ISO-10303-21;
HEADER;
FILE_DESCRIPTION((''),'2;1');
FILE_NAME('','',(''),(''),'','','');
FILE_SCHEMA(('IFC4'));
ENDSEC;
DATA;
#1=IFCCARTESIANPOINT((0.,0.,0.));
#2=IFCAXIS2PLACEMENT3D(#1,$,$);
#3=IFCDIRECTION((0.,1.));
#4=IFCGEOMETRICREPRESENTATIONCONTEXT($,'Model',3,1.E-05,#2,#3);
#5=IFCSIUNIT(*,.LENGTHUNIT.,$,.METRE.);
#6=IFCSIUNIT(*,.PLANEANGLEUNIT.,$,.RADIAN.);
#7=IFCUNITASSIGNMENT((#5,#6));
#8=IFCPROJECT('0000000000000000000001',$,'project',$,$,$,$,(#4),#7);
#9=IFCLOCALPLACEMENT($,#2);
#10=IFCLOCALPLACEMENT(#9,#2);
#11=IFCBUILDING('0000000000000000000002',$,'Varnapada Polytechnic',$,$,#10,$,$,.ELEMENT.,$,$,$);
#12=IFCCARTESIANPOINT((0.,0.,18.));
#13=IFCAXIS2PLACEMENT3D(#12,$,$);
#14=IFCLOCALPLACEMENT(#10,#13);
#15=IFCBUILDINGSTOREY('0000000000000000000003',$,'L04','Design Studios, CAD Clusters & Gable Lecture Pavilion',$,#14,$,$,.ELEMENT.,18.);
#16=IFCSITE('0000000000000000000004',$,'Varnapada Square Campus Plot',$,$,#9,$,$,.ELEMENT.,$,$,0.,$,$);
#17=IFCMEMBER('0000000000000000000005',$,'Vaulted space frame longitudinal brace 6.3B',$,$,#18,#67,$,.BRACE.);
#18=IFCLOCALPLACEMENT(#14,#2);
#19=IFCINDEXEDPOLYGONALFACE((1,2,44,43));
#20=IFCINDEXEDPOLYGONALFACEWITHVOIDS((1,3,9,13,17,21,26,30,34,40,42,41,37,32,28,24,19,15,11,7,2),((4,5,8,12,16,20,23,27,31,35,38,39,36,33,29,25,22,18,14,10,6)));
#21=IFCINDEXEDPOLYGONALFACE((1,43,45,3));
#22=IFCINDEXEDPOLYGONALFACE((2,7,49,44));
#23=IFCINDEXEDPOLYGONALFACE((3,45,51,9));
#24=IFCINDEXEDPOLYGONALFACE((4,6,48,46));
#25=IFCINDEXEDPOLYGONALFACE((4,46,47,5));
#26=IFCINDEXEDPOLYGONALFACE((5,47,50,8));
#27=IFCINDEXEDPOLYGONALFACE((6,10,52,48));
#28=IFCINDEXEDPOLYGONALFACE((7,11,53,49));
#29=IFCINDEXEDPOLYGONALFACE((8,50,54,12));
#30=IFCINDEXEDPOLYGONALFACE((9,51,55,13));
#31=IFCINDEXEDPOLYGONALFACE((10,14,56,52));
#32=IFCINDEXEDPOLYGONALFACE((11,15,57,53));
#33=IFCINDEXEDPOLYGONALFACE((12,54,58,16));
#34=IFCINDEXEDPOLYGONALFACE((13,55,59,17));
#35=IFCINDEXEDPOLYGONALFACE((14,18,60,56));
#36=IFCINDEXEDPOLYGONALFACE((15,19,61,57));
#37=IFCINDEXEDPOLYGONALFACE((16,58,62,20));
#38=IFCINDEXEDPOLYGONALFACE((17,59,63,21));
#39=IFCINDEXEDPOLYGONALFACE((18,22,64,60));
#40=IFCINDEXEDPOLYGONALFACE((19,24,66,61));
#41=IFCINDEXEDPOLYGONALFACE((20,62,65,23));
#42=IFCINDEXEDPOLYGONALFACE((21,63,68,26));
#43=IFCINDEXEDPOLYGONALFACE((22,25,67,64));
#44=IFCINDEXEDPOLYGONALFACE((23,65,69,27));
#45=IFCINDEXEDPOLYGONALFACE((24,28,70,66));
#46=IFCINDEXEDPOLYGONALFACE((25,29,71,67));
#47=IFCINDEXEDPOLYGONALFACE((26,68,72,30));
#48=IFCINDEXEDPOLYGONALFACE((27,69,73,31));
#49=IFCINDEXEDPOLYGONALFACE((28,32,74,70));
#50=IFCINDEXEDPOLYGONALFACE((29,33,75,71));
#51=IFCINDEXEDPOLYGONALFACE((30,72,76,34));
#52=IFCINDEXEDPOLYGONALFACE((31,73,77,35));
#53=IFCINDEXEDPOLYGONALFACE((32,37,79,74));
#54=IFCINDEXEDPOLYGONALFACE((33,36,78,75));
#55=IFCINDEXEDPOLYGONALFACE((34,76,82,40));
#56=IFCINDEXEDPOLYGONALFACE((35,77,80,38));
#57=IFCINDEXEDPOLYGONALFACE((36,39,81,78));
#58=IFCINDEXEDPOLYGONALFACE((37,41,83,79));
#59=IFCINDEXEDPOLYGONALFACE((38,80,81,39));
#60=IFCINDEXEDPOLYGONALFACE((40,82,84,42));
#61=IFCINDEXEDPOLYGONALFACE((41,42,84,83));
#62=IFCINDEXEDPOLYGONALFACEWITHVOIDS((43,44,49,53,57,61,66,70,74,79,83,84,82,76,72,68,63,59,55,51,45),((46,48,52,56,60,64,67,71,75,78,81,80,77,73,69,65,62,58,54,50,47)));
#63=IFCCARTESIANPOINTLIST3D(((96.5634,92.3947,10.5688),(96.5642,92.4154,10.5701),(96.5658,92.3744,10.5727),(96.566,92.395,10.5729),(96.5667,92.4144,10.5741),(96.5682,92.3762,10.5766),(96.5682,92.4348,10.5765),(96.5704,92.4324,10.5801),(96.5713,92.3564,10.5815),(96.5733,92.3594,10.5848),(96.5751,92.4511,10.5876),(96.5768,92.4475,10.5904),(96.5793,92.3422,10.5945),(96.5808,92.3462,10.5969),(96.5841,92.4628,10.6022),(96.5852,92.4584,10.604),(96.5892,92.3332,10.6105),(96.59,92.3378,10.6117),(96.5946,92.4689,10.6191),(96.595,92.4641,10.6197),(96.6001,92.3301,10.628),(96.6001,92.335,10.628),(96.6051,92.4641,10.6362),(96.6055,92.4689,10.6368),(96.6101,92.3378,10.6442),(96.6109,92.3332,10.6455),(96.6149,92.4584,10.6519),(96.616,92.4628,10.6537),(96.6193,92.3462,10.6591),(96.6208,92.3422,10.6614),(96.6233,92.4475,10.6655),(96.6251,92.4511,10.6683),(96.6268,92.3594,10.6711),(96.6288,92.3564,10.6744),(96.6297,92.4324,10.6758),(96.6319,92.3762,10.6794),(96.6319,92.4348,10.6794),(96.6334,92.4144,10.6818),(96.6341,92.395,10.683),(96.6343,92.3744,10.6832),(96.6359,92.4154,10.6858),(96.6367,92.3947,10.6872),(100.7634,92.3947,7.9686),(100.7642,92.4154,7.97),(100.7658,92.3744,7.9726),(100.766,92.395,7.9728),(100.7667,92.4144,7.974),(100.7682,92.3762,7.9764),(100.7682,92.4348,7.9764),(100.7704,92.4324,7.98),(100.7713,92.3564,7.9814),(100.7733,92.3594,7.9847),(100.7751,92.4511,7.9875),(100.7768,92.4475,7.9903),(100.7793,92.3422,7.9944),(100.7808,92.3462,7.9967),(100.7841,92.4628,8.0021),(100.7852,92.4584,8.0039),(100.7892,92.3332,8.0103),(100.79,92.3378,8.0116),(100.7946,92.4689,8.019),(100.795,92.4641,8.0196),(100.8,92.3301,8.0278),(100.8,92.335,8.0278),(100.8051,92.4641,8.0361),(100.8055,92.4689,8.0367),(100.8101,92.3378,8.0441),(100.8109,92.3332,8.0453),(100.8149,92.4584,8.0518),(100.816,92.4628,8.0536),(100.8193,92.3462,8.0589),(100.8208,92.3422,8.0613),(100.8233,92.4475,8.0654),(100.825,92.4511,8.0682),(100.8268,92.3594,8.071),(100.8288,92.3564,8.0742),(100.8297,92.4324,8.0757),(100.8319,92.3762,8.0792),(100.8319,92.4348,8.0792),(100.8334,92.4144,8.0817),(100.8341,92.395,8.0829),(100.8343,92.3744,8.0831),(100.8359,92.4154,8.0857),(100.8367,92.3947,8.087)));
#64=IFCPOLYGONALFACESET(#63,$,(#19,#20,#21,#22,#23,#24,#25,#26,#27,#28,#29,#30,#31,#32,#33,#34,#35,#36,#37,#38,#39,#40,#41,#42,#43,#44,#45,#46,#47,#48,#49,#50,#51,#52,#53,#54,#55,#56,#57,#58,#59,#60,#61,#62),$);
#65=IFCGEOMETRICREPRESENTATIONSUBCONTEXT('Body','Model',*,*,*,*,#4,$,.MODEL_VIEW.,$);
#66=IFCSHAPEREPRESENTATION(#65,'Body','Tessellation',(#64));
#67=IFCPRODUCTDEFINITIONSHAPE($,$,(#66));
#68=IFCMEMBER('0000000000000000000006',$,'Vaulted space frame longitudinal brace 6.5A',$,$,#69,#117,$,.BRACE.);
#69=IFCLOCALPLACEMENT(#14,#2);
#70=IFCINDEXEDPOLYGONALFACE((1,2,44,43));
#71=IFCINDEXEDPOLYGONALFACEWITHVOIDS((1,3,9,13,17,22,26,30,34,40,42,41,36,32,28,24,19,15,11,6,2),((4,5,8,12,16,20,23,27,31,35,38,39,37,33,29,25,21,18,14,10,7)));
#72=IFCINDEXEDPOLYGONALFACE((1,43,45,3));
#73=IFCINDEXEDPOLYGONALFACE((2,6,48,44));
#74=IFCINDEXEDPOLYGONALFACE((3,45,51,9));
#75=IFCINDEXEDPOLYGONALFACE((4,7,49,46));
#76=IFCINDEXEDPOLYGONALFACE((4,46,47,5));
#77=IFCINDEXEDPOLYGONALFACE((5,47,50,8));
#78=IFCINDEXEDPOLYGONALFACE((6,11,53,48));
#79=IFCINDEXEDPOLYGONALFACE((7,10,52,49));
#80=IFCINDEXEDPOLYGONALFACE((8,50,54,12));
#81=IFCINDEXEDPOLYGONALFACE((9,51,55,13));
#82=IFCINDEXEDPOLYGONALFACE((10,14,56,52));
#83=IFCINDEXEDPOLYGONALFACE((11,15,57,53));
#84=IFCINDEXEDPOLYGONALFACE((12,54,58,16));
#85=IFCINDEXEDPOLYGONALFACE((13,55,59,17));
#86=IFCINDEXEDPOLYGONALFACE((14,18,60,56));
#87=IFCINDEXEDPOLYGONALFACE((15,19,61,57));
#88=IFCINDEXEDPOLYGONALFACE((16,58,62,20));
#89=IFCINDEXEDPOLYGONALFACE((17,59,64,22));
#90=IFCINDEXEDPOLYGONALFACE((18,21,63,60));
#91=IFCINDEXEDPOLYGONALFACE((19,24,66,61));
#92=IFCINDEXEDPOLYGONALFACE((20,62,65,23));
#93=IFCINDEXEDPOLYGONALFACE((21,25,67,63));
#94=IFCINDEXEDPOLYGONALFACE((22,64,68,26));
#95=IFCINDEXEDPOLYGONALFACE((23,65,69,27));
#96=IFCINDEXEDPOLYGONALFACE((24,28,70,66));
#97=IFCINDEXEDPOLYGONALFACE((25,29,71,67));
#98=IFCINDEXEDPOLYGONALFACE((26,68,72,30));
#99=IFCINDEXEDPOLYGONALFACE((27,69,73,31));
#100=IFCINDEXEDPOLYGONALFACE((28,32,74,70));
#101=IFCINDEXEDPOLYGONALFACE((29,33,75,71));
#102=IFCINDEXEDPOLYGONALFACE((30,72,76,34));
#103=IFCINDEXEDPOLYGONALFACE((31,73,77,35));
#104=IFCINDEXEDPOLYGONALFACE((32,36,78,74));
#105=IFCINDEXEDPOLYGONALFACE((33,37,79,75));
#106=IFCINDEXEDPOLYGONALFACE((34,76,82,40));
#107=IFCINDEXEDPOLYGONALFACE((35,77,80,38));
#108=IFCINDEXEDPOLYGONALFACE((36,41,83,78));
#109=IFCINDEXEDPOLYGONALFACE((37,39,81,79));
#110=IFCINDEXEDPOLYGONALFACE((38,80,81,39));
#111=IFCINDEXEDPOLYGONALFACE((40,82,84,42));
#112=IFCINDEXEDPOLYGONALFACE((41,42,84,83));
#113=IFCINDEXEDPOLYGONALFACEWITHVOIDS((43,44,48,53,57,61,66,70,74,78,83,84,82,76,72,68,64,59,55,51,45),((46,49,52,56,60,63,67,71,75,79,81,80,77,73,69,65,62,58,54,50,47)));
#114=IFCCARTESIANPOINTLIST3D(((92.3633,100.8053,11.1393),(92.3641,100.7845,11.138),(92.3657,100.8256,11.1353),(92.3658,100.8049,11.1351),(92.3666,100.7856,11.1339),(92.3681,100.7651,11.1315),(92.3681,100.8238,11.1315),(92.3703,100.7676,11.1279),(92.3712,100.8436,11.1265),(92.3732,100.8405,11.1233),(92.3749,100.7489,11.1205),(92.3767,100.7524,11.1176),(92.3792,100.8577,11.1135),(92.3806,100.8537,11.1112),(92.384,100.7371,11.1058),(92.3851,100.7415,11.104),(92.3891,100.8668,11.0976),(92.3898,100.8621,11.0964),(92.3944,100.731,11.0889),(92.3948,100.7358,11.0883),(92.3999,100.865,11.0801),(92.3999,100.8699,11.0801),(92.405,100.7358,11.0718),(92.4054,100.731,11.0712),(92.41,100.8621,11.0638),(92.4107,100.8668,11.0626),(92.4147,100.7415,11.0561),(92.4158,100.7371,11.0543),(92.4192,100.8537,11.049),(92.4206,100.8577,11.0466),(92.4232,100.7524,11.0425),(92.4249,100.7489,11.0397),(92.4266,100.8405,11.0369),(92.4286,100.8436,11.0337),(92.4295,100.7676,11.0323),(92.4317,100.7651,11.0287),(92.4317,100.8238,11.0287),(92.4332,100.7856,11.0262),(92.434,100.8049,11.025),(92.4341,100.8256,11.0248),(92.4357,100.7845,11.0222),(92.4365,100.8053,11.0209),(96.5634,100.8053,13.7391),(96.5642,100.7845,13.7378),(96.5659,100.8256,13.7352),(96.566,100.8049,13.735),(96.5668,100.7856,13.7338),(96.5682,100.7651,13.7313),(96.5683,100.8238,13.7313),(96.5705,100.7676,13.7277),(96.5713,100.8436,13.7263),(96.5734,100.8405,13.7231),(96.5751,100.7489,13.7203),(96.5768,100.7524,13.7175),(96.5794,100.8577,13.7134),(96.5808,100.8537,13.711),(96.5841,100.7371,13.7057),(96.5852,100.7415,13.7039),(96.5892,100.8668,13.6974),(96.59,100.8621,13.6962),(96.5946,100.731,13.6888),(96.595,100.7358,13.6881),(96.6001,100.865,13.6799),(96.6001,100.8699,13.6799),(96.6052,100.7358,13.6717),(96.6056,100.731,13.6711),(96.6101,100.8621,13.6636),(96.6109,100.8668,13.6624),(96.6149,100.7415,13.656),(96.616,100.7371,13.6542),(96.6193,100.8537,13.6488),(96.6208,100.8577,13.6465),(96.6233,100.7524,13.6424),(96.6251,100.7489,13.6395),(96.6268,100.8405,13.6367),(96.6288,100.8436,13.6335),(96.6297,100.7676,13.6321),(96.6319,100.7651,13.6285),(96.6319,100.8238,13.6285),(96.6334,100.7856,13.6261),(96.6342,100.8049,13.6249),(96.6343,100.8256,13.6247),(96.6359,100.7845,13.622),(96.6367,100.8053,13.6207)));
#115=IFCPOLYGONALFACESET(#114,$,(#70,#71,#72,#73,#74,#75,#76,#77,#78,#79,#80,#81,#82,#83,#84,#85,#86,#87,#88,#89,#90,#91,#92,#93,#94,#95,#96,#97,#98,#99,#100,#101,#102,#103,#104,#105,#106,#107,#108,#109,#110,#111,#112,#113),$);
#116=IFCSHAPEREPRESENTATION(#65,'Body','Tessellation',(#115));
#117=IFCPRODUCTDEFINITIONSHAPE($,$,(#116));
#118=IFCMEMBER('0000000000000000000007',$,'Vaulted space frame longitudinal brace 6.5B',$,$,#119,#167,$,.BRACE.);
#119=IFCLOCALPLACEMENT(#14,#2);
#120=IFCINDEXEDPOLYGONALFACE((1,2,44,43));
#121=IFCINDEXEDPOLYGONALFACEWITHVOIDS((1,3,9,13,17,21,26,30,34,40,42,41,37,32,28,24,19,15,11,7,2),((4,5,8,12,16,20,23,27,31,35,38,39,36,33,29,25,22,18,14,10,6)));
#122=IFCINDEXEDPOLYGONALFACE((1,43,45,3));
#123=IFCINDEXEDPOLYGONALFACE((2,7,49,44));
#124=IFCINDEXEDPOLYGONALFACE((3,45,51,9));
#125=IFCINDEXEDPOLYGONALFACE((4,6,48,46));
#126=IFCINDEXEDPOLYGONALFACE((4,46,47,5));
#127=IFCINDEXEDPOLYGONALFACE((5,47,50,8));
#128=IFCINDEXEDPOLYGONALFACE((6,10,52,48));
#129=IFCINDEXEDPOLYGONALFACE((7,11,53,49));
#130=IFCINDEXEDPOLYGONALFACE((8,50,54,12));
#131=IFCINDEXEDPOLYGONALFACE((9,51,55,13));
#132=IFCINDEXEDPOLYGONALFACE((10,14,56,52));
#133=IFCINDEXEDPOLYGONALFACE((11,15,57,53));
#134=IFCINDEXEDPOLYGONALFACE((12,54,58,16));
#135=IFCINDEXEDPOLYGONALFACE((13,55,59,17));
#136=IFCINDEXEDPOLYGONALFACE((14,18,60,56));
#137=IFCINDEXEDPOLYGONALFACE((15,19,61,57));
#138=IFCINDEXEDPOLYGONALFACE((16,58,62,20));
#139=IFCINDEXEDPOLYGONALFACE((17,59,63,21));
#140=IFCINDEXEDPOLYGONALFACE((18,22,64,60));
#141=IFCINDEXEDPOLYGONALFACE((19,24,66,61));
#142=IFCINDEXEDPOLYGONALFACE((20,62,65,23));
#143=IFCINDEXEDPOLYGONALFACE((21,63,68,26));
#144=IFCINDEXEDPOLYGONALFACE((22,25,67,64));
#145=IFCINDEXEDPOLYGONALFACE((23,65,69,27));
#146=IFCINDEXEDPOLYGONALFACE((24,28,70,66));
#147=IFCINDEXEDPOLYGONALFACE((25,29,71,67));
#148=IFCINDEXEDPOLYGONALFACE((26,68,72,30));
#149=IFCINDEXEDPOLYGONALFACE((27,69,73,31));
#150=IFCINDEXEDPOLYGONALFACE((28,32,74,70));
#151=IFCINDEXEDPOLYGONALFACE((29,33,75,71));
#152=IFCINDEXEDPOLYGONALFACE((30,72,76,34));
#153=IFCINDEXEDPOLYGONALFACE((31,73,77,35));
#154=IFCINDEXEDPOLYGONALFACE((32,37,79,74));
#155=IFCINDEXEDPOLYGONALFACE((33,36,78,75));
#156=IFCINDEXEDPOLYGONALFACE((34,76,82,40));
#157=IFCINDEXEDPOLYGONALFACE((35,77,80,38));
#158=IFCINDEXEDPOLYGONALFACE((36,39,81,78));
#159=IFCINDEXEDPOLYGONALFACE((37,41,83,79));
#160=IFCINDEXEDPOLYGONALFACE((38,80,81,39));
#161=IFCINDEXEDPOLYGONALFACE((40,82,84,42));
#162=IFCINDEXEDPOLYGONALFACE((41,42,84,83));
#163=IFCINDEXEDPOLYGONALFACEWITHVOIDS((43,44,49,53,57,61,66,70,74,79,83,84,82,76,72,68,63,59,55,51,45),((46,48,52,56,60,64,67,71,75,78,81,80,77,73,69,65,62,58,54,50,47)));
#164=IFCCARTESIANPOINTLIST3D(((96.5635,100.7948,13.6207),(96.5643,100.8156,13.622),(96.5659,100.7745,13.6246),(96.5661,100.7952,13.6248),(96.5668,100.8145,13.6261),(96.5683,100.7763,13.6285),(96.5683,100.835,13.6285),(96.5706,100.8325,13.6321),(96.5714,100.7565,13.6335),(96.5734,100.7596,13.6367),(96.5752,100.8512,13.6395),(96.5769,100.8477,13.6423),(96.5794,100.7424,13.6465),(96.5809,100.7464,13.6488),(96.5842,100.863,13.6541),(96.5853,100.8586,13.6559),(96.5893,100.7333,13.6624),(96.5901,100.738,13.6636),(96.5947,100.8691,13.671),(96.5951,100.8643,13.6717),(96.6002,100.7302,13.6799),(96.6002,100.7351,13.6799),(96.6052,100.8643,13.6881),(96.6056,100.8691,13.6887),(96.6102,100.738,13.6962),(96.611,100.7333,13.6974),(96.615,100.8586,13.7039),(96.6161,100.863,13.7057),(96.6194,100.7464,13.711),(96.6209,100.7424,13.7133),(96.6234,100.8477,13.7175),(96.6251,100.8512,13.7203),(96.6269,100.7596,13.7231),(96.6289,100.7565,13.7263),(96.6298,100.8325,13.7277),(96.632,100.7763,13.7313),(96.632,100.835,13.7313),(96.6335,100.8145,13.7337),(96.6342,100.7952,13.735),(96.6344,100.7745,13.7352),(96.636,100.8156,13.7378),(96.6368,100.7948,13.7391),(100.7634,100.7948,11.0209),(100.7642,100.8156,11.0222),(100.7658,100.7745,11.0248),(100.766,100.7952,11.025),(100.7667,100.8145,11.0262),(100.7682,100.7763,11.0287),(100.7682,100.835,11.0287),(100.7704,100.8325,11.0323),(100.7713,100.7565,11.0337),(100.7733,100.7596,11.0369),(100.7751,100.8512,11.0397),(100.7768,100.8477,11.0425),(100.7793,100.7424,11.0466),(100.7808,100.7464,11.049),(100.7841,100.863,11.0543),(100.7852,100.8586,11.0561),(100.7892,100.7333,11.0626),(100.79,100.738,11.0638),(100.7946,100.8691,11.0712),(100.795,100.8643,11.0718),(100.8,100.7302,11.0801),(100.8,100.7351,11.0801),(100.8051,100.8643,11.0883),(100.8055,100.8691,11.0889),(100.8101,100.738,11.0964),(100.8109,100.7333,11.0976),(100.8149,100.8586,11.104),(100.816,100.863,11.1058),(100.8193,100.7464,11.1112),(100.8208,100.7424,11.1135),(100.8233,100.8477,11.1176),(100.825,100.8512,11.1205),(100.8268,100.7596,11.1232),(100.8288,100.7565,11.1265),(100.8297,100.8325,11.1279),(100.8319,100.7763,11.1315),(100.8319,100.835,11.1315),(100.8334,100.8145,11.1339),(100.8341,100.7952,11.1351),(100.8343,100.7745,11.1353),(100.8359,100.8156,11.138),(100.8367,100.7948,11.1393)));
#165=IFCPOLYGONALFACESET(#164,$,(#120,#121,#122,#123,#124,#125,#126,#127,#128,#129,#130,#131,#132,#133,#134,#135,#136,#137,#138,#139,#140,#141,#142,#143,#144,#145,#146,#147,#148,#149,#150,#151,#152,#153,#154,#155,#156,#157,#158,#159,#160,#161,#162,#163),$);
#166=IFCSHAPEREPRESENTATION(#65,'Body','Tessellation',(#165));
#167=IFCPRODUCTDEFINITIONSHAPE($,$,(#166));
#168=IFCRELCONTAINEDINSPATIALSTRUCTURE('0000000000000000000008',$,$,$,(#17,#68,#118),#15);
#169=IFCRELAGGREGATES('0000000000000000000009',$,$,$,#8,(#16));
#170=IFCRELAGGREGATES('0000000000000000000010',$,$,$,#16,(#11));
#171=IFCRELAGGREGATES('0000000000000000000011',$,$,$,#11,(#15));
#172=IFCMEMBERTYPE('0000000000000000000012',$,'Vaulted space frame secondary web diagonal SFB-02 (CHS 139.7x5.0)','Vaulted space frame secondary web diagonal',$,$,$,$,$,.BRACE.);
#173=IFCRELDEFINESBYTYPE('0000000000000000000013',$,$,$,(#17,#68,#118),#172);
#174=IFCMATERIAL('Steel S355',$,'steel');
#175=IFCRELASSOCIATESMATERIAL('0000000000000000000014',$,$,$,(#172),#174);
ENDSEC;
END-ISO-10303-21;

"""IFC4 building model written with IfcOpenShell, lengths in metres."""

from ifc_helpers import new_model, si_unit, direction, frame, origin, origin_2d, place, context, subcontext, project, spatial, hollow_circle, extrude, material, material_profile, profile_set, type_object, element, save


model = new_model("IFC4")

# Units and contexts
model_context = context("Model", 3, precision=1e-05, world=origin(), true_north=direction((0.0, 1.0)))
body_context = subcontext(model_context, "Body", "Model", "MODEL_VIEW")
ifc_project = project(units=[si_unit("LENGTHUNIT", "METRE"), si_unit("PLANEANGLEUNIT", "RADIAN")], contexts=[model_context])

# Site, building, storey
site_placement = place(None, origin())
site = spatial("IfcSite", under=ifc_project, at=site_placement, Name="Varnapada Square Campus Plot", CompositionType="ELEMENT", RefElevation=0.0)
building_placement = place(site_placement, origin())
building = spatial("IfcBuilding", under=site, at=building_placement, Name="Varnapada Polytechnic", CompositionType="ELEMENT")
storey_placement = place(building_placement, frame((0.0, 0.0, 18.0)))
storey = spatial("IfcBuildingStorey", under=building, at=storey_placement, Name="L04", Description="Design Studios, CAD Clusters & Gable Lecture Pavilion", CompositionType="ELEMENT", Elevation=18.0)

# Shared definitions
ifc_material = material(Name="Steel S355", Category="steel")

# Members
ifc_material_profile_1 = material_profile(ifc_material, hollow_circle(Radius=0.0698, WallThickness=0.0049, at=origin_2d()), Name="CHS 139.7x5.0")
ifc_profile_set_1 = profile_set([ifc_material_profile_1], Name="Steel S355")
member_type_1 = type_object("IfcMemberType", Name="Vaulted space frame secondary web diagonal SFB-02 (CHS 139.7x5.0)", Description="Vaulted space frame secondary web diagonal", PredefinedType="BRACE", material=ifc_profile_set_1)
for number, where, z_axis, x_axis, name in (
    (1, (100.8, 92.3999, 8.0278), (-0.850254, 0.0, 0.526373), (0.0, -1.0, 0.0), "Vaulted space frame longitudinal brace 6.3B"),
    (2, (92.3999, 100.8, 11.0801), (0.850289, 0.0, 0.526315), (0.0, 1.0, 0.0), "Vaulted space frame longitudinal brace 6.5A"),
):
    element("IfcMember", number, at=place(storey_placement, frame(where, z_axis=z_axis, x_axis=x_axis)), inside=storey, type_object=member_type_1, Name=name, PredefinedType="BRACE", context=body_context, shape_type="SweptSolid", body=[
        extrude(hollow_circle(Radius=0.0698, WallThickness=0.0049, at=origin_2d()), origin(), (0.0, 0.0, 1.0), 4.9397),
    ])
member_1_placement = place(storey_placement, frame((100.8, 100.8, 11.0801), z_axis=(-0.850276, 0.0, 0.526338), x_axis=(0.0, -1.0, 0.0)))
element("IfcMember", 3, at=member_1_placement, inside=storey, type_object=member_type_1, Name="Vaulted space frame longitudinal brace 6.5B", PredefinedType="BRACE", context=body_context, shape_type="SweptSolid", body=[
    extrude(hollow_circle(Radius=0.0698, WallThickness=0.0049, at=origin_2d()), origin(), (0.0, 0.0, 1.0), 4.9395),
])

save(model, "model.ifc")
